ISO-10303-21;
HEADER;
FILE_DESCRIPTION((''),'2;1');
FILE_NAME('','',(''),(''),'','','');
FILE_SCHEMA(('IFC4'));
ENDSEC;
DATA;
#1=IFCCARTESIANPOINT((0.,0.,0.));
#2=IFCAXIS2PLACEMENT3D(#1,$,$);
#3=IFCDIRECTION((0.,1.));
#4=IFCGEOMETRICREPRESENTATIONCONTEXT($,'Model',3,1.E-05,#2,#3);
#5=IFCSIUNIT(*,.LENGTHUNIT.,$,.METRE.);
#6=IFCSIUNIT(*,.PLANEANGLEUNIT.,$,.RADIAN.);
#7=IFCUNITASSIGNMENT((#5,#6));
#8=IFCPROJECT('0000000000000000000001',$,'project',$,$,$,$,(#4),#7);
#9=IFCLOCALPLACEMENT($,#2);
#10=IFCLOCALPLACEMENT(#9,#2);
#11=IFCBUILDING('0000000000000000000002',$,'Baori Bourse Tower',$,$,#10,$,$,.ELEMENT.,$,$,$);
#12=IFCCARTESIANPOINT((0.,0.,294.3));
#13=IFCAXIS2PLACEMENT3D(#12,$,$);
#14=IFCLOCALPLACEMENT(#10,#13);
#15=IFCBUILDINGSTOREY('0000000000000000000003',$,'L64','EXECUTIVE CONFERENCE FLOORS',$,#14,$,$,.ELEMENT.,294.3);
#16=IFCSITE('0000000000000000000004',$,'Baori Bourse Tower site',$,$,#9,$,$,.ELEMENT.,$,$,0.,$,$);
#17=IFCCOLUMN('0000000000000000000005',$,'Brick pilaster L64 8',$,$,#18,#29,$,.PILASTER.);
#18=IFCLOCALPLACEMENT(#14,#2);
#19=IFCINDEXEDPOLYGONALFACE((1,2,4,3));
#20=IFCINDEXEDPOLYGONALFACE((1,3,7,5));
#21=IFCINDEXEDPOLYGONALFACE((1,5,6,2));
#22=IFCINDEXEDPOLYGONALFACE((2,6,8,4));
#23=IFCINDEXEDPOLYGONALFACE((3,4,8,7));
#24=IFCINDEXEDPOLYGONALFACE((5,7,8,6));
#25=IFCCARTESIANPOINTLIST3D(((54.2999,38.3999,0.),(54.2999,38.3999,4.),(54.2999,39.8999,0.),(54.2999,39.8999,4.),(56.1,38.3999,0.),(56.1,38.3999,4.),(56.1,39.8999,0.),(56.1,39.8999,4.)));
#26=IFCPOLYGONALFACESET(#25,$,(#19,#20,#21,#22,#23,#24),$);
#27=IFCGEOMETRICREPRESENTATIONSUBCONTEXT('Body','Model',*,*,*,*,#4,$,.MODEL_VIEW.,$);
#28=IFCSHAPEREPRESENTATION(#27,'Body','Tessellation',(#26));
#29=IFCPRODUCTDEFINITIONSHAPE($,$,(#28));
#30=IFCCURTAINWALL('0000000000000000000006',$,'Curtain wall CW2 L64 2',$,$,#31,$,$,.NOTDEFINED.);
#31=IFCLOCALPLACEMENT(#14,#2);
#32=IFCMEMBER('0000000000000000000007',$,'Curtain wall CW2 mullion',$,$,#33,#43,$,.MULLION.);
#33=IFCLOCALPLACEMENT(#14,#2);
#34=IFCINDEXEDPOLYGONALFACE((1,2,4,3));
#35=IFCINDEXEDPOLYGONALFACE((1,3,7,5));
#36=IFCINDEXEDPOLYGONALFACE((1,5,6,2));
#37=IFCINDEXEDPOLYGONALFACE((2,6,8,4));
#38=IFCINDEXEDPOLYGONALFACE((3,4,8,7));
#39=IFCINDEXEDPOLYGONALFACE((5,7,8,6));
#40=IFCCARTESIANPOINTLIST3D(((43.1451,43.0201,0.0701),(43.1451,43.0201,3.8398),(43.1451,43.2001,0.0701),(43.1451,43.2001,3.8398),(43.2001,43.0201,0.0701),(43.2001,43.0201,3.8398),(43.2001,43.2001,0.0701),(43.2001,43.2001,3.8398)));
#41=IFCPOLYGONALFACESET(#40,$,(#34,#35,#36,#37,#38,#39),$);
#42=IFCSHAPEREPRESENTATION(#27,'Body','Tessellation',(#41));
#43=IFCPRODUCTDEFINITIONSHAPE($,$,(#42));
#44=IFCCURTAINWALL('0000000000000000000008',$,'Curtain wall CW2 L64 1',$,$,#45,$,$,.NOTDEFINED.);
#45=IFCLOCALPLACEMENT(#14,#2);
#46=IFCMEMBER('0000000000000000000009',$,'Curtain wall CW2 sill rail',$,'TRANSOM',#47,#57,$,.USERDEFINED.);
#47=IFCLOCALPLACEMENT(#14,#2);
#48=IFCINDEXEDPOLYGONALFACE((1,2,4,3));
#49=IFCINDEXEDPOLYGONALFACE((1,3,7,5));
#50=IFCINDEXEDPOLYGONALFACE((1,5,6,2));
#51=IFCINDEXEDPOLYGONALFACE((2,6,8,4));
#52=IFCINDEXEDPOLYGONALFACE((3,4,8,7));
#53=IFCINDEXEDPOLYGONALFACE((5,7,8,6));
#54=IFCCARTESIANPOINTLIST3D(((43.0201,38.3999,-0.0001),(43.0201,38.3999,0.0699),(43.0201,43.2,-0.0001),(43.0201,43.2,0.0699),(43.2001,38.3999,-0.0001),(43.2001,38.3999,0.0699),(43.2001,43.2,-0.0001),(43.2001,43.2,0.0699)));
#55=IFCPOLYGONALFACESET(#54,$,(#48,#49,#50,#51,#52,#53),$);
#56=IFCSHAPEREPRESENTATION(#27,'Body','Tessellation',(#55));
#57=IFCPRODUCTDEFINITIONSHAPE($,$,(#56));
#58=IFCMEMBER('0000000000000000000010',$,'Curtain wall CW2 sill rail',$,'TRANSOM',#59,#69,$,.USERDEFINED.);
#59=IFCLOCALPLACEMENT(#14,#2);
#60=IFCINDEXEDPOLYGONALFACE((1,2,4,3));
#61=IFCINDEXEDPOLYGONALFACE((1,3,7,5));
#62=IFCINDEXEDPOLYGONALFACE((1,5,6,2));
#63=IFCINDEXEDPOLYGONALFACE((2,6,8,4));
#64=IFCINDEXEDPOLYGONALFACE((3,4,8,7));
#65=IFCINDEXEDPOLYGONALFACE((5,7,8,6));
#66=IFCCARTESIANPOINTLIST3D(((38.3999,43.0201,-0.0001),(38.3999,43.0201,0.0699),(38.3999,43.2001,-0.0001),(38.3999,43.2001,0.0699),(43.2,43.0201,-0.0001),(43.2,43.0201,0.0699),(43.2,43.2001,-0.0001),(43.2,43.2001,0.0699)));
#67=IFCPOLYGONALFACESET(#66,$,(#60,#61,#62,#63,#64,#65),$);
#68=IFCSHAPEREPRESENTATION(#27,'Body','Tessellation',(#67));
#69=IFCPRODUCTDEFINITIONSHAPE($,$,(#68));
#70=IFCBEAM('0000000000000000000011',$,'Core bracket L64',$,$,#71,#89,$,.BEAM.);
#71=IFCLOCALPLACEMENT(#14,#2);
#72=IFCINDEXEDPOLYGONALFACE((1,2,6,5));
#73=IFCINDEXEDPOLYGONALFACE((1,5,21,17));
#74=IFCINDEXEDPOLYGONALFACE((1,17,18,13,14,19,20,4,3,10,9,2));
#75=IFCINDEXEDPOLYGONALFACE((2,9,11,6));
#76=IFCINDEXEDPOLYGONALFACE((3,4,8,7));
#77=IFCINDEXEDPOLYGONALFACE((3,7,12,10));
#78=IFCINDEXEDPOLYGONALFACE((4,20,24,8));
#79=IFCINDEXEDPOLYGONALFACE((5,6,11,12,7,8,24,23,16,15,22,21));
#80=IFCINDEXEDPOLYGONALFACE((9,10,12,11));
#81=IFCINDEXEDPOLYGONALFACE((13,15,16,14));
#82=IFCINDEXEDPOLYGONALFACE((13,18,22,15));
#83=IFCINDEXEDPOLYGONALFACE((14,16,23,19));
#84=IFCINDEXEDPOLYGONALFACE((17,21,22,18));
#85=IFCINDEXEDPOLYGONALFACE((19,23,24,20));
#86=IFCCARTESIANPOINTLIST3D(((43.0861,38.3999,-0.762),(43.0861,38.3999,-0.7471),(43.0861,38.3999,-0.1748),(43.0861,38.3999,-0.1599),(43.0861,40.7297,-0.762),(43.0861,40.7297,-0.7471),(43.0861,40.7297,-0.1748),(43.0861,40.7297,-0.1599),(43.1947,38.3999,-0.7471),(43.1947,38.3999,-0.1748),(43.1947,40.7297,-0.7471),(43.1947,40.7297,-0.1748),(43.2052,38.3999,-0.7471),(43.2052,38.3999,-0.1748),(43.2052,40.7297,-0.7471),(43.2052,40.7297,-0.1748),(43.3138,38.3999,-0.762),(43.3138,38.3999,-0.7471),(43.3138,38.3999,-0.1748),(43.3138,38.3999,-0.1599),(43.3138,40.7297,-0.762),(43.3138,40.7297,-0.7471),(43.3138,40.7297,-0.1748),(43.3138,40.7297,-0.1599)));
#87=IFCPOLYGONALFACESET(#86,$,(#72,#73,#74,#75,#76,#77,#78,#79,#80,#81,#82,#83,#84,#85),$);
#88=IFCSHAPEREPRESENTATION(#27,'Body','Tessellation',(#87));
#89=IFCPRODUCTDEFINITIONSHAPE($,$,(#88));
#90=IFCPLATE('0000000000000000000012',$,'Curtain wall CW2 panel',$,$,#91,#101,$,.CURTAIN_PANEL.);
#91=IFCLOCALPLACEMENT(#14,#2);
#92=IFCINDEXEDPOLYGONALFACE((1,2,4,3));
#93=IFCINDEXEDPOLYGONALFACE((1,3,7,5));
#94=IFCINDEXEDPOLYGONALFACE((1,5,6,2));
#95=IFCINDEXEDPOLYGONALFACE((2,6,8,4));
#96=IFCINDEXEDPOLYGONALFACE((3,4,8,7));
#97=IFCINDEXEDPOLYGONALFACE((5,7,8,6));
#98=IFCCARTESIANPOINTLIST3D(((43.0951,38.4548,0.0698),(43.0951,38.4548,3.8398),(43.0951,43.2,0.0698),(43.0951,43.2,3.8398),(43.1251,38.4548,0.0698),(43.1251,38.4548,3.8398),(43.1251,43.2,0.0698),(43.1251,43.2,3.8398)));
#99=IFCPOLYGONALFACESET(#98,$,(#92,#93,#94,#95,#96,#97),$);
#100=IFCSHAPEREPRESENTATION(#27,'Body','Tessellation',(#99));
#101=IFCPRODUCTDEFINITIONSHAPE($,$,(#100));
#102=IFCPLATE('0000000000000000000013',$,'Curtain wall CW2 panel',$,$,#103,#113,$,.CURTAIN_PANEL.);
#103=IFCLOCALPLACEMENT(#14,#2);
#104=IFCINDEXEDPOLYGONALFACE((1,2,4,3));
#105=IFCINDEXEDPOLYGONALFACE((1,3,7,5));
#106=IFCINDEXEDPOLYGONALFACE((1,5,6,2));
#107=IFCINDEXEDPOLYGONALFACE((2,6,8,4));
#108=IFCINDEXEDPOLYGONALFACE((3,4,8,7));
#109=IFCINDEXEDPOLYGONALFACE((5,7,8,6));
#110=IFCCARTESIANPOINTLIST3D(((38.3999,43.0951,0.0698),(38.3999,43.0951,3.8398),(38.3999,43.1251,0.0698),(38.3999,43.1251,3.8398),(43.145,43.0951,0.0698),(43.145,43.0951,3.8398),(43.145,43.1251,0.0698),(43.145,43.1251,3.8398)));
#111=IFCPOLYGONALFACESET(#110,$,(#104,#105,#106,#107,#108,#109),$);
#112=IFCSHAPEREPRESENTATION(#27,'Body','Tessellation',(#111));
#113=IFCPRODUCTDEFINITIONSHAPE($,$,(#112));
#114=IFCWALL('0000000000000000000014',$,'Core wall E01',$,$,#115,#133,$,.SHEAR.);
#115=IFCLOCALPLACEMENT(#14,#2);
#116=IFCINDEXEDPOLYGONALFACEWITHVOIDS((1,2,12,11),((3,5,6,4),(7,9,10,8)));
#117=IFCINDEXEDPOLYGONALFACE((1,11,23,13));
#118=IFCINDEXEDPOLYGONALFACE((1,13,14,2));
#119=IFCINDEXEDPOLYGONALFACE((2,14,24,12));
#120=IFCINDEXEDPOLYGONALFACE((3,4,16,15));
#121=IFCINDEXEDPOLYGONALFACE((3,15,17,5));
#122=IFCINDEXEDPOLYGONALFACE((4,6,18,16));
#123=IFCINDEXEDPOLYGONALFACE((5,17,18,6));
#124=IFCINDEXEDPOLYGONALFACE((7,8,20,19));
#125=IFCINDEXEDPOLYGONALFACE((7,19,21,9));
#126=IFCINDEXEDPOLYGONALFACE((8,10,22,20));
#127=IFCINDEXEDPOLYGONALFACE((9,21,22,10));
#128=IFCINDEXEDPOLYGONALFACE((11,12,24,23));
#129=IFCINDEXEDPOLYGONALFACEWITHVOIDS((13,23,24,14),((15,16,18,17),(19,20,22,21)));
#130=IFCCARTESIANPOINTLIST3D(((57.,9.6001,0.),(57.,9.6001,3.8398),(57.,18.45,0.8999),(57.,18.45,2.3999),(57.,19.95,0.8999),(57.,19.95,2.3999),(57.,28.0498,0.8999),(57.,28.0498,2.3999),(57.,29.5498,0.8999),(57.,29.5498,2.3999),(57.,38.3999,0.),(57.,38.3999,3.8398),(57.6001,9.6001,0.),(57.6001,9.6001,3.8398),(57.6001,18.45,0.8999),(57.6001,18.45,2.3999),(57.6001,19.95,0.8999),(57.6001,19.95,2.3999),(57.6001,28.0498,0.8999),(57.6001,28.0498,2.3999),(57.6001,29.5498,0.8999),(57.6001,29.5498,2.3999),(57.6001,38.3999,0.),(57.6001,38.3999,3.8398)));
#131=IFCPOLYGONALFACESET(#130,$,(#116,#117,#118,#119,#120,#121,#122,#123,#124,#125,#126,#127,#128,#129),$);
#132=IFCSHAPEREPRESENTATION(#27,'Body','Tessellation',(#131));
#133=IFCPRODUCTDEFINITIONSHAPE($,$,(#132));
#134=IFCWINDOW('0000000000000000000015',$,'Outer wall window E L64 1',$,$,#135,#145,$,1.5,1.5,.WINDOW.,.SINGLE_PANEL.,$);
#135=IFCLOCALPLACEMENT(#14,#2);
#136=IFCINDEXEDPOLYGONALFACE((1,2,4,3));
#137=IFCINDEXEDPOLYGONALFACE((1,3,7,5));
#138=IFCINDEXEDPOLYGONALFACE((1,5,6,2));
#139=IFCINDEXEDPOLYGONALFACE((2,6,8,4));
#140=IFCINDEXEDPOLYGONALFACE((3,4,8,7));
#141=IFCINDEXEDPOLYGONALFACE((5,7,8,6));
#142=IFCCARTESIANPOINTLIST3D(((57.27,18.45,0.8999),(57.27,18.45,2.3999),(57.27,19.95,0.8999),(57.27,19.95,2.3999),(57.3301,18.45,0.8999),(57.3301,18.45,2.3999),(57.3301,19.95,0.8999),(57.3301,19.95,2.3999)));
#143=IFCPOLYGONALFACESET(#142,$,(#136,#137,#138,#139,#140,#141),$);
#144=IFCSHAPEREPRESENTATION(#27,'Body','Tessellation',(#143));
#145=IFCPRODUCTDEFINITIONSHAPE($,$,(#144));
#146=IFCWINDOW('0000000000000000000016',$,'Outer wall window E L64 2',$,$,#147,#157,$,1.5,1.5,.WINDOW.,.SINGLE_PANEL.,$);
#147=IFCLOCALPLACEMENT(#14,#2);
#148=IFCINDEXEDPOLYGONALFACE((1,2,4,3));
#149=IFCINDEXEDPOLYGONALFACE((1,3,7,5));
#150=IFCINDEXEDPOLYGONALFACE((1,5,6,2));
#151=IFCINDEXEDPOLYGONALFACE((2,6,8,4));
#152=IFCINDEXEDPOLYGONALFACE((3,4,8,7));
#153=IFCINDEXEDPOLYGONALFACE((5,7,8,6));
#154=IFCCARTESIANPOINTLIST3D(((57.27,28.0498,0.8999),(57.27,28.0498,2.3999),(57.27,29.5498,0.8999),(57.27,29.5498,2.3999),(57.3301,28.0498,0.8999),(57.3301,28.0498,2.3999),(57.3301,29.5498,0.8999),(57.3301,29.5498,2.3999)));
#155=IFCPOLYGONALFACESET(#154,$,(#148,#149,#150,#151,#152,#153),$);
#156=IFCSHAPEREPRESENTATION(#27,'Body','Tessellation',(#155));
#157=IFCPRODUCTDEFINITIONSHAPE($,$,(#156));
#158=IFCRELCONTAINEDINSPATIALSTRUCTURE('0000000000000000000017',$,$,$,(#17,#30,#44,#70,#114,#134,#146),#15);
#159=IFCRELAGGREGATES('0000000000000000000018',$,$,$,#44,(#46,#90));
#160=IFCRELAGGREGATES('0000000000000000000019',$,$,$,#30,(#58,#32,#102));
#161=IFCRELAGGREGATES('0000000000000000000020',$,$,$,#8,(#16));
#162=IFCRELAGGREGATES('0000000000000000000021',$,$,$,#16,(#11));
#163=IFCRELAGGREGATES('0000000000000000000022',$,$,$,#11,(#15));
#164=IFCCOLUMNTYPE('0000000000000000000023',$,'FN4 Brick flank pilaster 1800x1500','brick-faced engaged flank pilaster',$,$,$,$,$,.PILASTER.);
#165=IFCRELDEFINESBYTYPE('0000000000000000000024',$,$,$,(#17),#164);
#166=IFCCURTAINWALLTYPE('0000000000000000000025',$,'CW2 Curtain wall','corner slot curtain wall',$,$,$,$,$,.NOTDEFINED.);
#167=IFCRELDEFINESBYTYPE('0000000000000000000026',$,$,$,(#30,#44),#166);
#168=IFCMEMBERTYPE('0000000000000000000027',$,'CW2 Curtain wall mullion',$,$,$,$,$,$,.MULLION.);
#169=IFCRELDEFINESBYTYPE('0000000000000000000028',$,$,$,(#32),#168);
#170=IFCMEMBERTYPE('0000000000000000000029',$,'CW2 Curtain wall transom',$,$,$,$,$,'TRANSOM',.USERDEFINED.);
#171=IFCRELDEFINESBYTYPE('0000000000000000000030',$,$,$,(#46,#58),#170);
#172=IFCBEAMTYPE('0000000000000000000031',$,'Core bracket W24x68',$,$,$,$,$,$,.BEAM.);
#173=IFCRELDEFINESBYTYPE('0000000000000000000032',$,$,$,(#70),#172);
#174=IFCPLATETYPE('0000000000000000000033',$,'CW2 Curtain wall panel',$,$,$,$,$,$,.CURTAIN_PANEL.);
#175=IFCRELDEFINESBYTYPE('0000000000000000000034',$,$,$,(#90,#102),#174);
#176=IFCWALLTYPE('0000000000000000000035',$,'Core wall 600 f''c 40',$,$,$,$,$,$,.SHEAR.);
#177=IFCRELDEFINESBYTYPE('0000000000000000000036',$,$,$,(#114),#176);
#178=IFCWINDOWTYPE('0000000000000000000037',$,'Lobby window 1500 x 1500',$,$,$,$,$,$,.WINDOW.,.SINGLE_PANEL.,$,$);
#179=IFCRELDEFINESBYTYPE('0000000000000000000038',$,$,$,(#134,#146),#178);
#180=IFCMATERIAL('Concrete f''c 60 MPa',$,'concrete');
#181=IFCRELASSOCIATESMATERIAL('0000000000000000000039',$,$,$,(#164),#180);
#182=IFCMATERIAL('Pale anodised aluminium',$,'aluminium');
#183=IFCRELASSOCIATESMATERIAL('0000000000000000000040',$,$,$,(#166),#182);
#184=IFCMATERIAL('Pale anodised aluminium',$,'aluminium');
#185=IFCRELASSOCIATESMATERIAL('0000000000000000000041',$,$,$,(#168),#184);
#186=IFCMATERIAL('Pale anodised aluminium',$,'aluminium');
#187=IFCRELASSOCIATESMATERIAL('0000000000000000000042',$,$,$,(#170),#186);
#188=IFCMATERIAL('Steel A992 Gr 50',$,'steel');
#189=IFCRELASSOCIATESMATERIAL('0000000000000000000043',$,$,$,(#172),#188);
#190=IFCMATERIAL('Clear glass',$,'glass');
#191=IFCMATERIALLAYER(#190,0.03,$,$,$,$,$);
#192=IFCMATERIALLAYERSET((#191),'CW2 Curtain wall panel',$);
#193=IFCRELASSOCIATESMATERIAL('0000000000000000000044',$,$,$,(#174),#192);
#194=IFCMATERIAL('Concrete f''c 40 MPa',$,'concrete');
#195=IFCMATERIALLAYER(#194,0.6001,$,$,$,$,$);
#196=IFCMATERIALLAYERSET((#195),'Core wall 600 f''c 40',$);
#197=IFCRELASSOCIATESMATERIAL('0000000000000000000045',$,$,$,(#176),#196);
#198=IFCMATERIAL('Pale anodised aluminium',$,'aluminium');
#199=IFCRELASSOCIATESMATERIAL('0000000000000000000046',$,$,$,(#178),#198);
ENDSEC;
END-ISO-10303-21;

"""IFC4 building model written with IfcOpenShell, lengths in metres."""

from ifc_helpers import new_model, si_unit, direction, frame, frame_2d, origin, origin_2d, place, context, subcontext, project, spatial, rectangle, i_section, extrude, material, layer, layer_set, material_profile, profile_set, type_object, element, fill, aggregate, save


model = new_model("IFC4")

# Units and contexts
model_context = context("Model", 3, precision=1e-05, world=origin(), true_north=direction((0.0, 1.0)))
body_context = subcontext(model_context, "Body", "Model", "MODEL_VIEW")
ifc_project = project(units=[si_unit("LENGTHUNIT", "METRE"), si_unit("PLANEANGLEUNIT", "RADIAN")], contexts=[model_context])

# Site, building, storey
site_placement = place(None, origin())
site = spatial("IfcSite", under=ifc_project, at=site_placement, Name="Baori Bourse Tower site", CompositionType="ELEMENT", RefElevation=0.0)
building_placement = place(site_placement, origin())
building = spatial("IfcBuilding", under=site, at=building_placement, Name="Baori Bourse Tower", CompositionType="ELEMENT")
storey_placement = place(building_placement, frame((0.0, 0.0, 294.3)))
storey = spatial("IfcBuildingStorey", under=building, at=storey_placement, Name="L64", Description="EXECUTIVE CONFERENCE FLOORS", CompositionType="ELEMENT", Elevation=294.3)

# Column
ifc_material_1 = material(Name="Concrete f'c 60 MPa", Category="concrete")
ifc_material_profile_1 = material_profile(ifc_material_1, rectangle(XDim=1.8, YDim=1.5, at=origin_2d()), Name="RC 1800x1500")
ifc_profile_set_1 = profile_set([ifc_material_profile_1], Name="Concrete f'c 60 MPa")
column_type = type_object("IfcColumnType", Name="FN4 Brick flank pilaster 1800x1500", Description="brick-faced engaged flank pilaster", PredefinedType="PILASTER", material=ifc_profile_set_1)
column_placement = place(storey_placement, frame((55.2, 39.1499, 0.0), z_axis=(0.0, 0.0, 1.0), x_axis=(1.0, 0.0, 0.0)))
element("IfcColumn", 1, at=column_placement, inside=storey, type_object=column_type, Name="Brick pilaster L64 8", PredefinedType="PILASTER", context=body_context, shape_type="SweptSolid", body=[
    extrude(rectangle(XDim=1.8, YDim=1.5, at=origin_2d()), origin(), (0.0, 0.0, 1.0), 4.0),
])

# Curtain walls, members
ifc_material_2 = material(Name="Pale anodised aluminium", Category="aluminium")
curtain_wall_type = type_object("IfcCurtainWallType", Name="CW2 Curtain wall", Description="corner slot curtain wall", PredefinedType="NOTDEFINED", material=ifc_material_2)
curtain_wall_1_placement = place(storey_placement, origin())
curtain_wall_1 = element("IfcCurtainWall", 2, at=curtain_wall_1_placement, inside=storey, type_object=curtain_wall_type, Name="Curtain wall CW2 L64 2", PredefinedType="NOTDEFINED")
ifc_material_3 = material(Name="Pale anodised aluminium", Category="aluminium")
ifc_material_profile_2 = material_profile(ifc_material_3, rectangle(XDim=0.1799, YDim=0.0549, at=origin_2d()), Name="Mullion 55x180")
ifc_profile_set_2 = profile_set([ifc_material_profile_2], Name="Pale anodised aluminium")
member_type_1 = type_object("IfcMemberType", Name="CW2 Curtain wall mullion", PredefinedType="MULLION", material=ifc_profile_set_2)
member_1_placement = place(storey_placement, frame((43.1726, 43.1101, 0.0701), z_axis=(0.0, 0.0, 1.0), x_axis=(0.0, -1.0, 0.0)))
member_1 = element("IfcMember", 3, at=member_1_placement, type_object=member_type_1, Name="Curtain wall CW2 mullion", PredefinedType="MULLION", context=body_context, shape_type="SweptSolid", body=[
    extrude(rectangle(XDim=0.1799, YDim=0.0549, at=origin_2d()), origin(), (0.0, 0.0, 1.0), 3.7698),
])
curtain_wall_2_placement = place(storey_placement, origin())
curtain_wall_2 = element("IfcCurtainWall", 4, at=curtain_wall_2_placement, inside=storey, type_object=curtain_wall_type, Name="Curtain wall CW2 L64 1", PredefinedType="NOTDEFINED")
ifc_material_4 = material(Name="Pale anodised aluminium", Category="aluminium")
ifc_material_profile_3 = material_profile(ifc_material_4, rectangle(XDim=0.1799, YDim=0.0701, at=origin_2d()), Name="Transom 70x180")
ifc_profile_set_3 = profile_set([ifc_material_profile_3], Name="Pale anodised aluminium")
member_type_2 = type_object("IfcMemberType", Name="CW2 Curtain wall transom", ElementType="TRANSOM", PredefinedType="USERDEFINED", material=ifc_profile_set_3)
member_2_placement = place(storey_placement, frame((43.1101, 38.3999, 0.0349), z_axis=(0.0, 1.0, 0.0), x_axis=(-1.0, 0.0, 0.0)))
member_2 = element("IfcMember", 5, at=member_2_placement, type_object=member_type_2, Name="Curtain wall CW2 sill rail", ObjectType="TRANSOM", PredefinedType="USERDEFINED", context=body_context, shape_type="SweptSolid", body=[
    extrude(rectangle(XDim=0.1799, YDim=0.0701, at=origin_2d()), origin(), (0.0, 0.0, 1.0), 4.8),
])

# Member
member_3_placement = place(storey_placement, frame((43.2, 43.1101, 0.0349), z_axis=(-1.0, 0.0, 0.0), x_axis=(0.0, -1.0, 0.0)))
member_3 = element("IfcMember", 6, at=member_3_placement, type_object=member_type_2, Name="Curtain wall CW2 sill rail", ObjectType="TRANSOM", PredefinedType="USERDEFINED", context=body_context, shape_type="SweptSolid", body=[
    extrude(rectangle(XDim=0.1799, YDim=0.0701, at=origin_2d()), origin(), (0.0, 0.0, 1.0), 4.8),
])

# Beam
ifc_material_5 = material(Name="Steel A992 Gr 50", Category="steel")
ifc_material_profile_4 = material_profile(ifc_material_5, i_section(OverallWidth=0.2278, OverallDepth=0.6021, WebThickness=0.0105, FlangeThickness=0.0149, at=origin_2d()), Name="W24x68")
ifc_profile_set_4 = profile_set([ifc_material_profile_4], Name="Steel A992 Gr 50")
beam_type = type_object("IfcBeamType", Name="Core bracket W24x68", PredefinedType="BEAM", material=ifc_profile_set_4)
beam_placement = place(storey_placement, frame((43.2, 38.3999, -0.4609), z_axis=(0.0, 1.0, 0.0), x_axis=(-1.0, 0.0, 0.0)))
element("IfcBeam", 7, at=beam_placement, inside=storey, type_object=beam_type, Name="Core bracket L64", PredefinedType="BEAM", context=body_context, shape_type="SweptSolid", body=[
    extrude(i_section(OverallWidth=0.2278, OverallDepth=0.6021, WebThickness=0.0105, FlangeThickness=0.0149, at=origin_2d()), origin(), (0.0, 0.0, 1.0), 2.3298),
])

# Plates
ifc_material_6 = material(Name="Clear glass", Category="glass")
ifc_layer_1 = layer(ifc_material_6, 0.03)
ifc_layer_set_1 = layer_set([ifc_layer_1], Name="CW2 Curtain wall panel")
plate_type = type_object("IfcPlateType", Name="CW2 Curtain wall panel", PredefinedType="CURTAIN_PANEL", material=ifc_layer_set_1)
plate_1_placement = place(storey_placement, frame((43.1101, 40.8274, 0.0698), z_axis=(0.0, 0.0, 1.0), x_axis=(0.0, 1.0, 0.0)))
plate_1 = element("IfcPlate", 8, at=plate_1_placement, type_object=plate_type, Name="Curtain wall CW2 panel", PredefinedType="CURTAIN_PANEL", context=body_context, shape_type="SweptSolid", body=[
    extrude(rectangle(XDim=4.7451, YDim=0.03, at=origin_2d()), origin(), (0.0, 0.0, 1.0), 3.77),
])
aggregate(curtain_wall_2, [member_2, plate_1])
plate_2_placement = place(storey_placement, frame((40.7725, 43.1101, 0.0698), z_axis=(0.0, 0.0, 1.0), x_axis=(-1.0, 0.0, 0.0)))
plate_2 = element("IfcPlate", 9, at=plate_2_placement, type_object=plate_type, Name="Curtain wall CW2 panel", PredefinedType="CURTAIN_PANEL", context=body_context, shape_type="SweptSolid", body=[
    extrude(rectangle(XDim=4.7451, YDim=0.03, at=origin_2d()), origin(), (0.0, 0.0, 1.0), 3.77),
])
aggregate(curtain_wall_1, [member_3, member_1, plate_2])

# Wall, openings, windows
ifc_material_7 = material(Name="Concrete f'c 40 MPa", Category="concrete")
ifc_layer_2 = layer(ifc_material_7, 0.6001)
ifc_layer_set_2 = layer_set([ifc_layer_2], Name="Core wall 600 f'c 40")
wall_type_1 = type_object("IfcWallType", Name="Core wall 600 f'c 40", PredefinedType="SHEAR", material=ifc_layer_set_2)
wall_1_placement = place(storey_placement, frame((57.3, 38.3999, 0.0), z_axis=(0.0, 0.0, 1.0), x_axis=(0.0, -1.0, 0.0)))
wall_1 = element("IfcWall", 10, at=wall_1_placement, inside=storey, type_object=wall_type_1, Name="Core wall E01", PredefinedType="SHEAR", context=body_context, shape_type="SweptSolid", body=[
    extrude(rectangle(XDim=28.7998, YDim=0.6001, at=frame_2d((14.3999, 0.0))), origin(), (0.0, 0.0, 1.0), 3.8398),
])
opening_1_placement = place(wall_1_placement, frame((18.45, 0.0, 0.8999)))
opening_1 = element("IfcOpeningElement", 11, at=opening_1_placement, cuts=wall_1, PredefinedType="OPENING", context=body_context, shape_type="SweptSolid", body=[
    extrude(rectangle(XDim=1.5, YDim=1.5, at=frame_2d((0.75, 0.75))), frame((0.0, 0.3101, 0.0), z_axis=(0.0, -1.0, 0.0), x_axis=(1.0, 0.0, 0.0)), (0.0, 0.0, 1.0), 0.6201),
])
opening_2_placement = place(wall_1_placement, frame((8.8501, 0.0, 0.8999)))
opening_2 = element("IfcOpeningElement", 12, at=opening_2_placement, cuts=wall_1, PredefinedType="OPENING", context=body_context, shape_type="SweptSolid", body=[
    extrude(rectangle(XDim=1.5, YDim=1.5, at=frame_2d((0.75, 0.75))), frame((0.0, 0.3101, 0.0), z_axis=(0.0, -1.0, 0.0), x_axis=(1.0, 0.0, 0.0)), (0.0, 0.0, 1.0), 0.6201),
])
ifc_material_8 = material(Name="Pale anodised aluminium", Category="aluminium")
window_type_1 = type_object("IfcWindowType", Name="Lobby window 1500 x 1500", PartitioningType="SINGLE_PANEL", PredefinedType="WINDOW", material=ifc_material_8)
window_1_placement = place(opening_1_placement, origin())
window_1 = element("IfcWindow", 13, at=window_1_placement, inside=storey, type_object=window_type_1, Name="Outer wall window E L64 1", OverallHeight=1.5, OverallWidth=1.5, PartitioningType="SINGLE_PANEL", PredefinedType="WINDOW", context=body_context, shape_type="SweptSolid", body=[
    extrude(rectangle(XDim=1.5, YDim=1.5, at=frame_2d((0.75, 0.75))), frame((0.0, 0.03, 0.0), z_axis=(0.0, -1.0, 0.0), x_axis=(1.0, 0.0, 0.0)), (0.0, 0.0, 1.0), 0.0601),
])
fill(opening_1, window_1)
window_2_placement = place(opening_2_placement, origin())
window_2 = element("IfcWindow", 14, at=window_2_placement, inside=storey, type_object=window_type_1, Name="Outer wall window E L64 2", OverallHeight=1.5, OverallWidth=1.5, PartitioningType="SINGLE_PANEL", PredefinedType="WINDOW", context=body_context, shape_type="SweptSolid", body=[
    extrude(rectangle(XDim=1.5, YDim=1.5, at=frame_2d((0.75, 0.75))), frame((0.0, 0.03, 0.0), z_axis=(0.0, -1.0, 0.0), x_axis=(1.0, 0.0, 0.0)), (0.0, 0.0, 1.0), 0.0601),
])
fill(opening_2, window_2)

save(model, "model.ifc")
